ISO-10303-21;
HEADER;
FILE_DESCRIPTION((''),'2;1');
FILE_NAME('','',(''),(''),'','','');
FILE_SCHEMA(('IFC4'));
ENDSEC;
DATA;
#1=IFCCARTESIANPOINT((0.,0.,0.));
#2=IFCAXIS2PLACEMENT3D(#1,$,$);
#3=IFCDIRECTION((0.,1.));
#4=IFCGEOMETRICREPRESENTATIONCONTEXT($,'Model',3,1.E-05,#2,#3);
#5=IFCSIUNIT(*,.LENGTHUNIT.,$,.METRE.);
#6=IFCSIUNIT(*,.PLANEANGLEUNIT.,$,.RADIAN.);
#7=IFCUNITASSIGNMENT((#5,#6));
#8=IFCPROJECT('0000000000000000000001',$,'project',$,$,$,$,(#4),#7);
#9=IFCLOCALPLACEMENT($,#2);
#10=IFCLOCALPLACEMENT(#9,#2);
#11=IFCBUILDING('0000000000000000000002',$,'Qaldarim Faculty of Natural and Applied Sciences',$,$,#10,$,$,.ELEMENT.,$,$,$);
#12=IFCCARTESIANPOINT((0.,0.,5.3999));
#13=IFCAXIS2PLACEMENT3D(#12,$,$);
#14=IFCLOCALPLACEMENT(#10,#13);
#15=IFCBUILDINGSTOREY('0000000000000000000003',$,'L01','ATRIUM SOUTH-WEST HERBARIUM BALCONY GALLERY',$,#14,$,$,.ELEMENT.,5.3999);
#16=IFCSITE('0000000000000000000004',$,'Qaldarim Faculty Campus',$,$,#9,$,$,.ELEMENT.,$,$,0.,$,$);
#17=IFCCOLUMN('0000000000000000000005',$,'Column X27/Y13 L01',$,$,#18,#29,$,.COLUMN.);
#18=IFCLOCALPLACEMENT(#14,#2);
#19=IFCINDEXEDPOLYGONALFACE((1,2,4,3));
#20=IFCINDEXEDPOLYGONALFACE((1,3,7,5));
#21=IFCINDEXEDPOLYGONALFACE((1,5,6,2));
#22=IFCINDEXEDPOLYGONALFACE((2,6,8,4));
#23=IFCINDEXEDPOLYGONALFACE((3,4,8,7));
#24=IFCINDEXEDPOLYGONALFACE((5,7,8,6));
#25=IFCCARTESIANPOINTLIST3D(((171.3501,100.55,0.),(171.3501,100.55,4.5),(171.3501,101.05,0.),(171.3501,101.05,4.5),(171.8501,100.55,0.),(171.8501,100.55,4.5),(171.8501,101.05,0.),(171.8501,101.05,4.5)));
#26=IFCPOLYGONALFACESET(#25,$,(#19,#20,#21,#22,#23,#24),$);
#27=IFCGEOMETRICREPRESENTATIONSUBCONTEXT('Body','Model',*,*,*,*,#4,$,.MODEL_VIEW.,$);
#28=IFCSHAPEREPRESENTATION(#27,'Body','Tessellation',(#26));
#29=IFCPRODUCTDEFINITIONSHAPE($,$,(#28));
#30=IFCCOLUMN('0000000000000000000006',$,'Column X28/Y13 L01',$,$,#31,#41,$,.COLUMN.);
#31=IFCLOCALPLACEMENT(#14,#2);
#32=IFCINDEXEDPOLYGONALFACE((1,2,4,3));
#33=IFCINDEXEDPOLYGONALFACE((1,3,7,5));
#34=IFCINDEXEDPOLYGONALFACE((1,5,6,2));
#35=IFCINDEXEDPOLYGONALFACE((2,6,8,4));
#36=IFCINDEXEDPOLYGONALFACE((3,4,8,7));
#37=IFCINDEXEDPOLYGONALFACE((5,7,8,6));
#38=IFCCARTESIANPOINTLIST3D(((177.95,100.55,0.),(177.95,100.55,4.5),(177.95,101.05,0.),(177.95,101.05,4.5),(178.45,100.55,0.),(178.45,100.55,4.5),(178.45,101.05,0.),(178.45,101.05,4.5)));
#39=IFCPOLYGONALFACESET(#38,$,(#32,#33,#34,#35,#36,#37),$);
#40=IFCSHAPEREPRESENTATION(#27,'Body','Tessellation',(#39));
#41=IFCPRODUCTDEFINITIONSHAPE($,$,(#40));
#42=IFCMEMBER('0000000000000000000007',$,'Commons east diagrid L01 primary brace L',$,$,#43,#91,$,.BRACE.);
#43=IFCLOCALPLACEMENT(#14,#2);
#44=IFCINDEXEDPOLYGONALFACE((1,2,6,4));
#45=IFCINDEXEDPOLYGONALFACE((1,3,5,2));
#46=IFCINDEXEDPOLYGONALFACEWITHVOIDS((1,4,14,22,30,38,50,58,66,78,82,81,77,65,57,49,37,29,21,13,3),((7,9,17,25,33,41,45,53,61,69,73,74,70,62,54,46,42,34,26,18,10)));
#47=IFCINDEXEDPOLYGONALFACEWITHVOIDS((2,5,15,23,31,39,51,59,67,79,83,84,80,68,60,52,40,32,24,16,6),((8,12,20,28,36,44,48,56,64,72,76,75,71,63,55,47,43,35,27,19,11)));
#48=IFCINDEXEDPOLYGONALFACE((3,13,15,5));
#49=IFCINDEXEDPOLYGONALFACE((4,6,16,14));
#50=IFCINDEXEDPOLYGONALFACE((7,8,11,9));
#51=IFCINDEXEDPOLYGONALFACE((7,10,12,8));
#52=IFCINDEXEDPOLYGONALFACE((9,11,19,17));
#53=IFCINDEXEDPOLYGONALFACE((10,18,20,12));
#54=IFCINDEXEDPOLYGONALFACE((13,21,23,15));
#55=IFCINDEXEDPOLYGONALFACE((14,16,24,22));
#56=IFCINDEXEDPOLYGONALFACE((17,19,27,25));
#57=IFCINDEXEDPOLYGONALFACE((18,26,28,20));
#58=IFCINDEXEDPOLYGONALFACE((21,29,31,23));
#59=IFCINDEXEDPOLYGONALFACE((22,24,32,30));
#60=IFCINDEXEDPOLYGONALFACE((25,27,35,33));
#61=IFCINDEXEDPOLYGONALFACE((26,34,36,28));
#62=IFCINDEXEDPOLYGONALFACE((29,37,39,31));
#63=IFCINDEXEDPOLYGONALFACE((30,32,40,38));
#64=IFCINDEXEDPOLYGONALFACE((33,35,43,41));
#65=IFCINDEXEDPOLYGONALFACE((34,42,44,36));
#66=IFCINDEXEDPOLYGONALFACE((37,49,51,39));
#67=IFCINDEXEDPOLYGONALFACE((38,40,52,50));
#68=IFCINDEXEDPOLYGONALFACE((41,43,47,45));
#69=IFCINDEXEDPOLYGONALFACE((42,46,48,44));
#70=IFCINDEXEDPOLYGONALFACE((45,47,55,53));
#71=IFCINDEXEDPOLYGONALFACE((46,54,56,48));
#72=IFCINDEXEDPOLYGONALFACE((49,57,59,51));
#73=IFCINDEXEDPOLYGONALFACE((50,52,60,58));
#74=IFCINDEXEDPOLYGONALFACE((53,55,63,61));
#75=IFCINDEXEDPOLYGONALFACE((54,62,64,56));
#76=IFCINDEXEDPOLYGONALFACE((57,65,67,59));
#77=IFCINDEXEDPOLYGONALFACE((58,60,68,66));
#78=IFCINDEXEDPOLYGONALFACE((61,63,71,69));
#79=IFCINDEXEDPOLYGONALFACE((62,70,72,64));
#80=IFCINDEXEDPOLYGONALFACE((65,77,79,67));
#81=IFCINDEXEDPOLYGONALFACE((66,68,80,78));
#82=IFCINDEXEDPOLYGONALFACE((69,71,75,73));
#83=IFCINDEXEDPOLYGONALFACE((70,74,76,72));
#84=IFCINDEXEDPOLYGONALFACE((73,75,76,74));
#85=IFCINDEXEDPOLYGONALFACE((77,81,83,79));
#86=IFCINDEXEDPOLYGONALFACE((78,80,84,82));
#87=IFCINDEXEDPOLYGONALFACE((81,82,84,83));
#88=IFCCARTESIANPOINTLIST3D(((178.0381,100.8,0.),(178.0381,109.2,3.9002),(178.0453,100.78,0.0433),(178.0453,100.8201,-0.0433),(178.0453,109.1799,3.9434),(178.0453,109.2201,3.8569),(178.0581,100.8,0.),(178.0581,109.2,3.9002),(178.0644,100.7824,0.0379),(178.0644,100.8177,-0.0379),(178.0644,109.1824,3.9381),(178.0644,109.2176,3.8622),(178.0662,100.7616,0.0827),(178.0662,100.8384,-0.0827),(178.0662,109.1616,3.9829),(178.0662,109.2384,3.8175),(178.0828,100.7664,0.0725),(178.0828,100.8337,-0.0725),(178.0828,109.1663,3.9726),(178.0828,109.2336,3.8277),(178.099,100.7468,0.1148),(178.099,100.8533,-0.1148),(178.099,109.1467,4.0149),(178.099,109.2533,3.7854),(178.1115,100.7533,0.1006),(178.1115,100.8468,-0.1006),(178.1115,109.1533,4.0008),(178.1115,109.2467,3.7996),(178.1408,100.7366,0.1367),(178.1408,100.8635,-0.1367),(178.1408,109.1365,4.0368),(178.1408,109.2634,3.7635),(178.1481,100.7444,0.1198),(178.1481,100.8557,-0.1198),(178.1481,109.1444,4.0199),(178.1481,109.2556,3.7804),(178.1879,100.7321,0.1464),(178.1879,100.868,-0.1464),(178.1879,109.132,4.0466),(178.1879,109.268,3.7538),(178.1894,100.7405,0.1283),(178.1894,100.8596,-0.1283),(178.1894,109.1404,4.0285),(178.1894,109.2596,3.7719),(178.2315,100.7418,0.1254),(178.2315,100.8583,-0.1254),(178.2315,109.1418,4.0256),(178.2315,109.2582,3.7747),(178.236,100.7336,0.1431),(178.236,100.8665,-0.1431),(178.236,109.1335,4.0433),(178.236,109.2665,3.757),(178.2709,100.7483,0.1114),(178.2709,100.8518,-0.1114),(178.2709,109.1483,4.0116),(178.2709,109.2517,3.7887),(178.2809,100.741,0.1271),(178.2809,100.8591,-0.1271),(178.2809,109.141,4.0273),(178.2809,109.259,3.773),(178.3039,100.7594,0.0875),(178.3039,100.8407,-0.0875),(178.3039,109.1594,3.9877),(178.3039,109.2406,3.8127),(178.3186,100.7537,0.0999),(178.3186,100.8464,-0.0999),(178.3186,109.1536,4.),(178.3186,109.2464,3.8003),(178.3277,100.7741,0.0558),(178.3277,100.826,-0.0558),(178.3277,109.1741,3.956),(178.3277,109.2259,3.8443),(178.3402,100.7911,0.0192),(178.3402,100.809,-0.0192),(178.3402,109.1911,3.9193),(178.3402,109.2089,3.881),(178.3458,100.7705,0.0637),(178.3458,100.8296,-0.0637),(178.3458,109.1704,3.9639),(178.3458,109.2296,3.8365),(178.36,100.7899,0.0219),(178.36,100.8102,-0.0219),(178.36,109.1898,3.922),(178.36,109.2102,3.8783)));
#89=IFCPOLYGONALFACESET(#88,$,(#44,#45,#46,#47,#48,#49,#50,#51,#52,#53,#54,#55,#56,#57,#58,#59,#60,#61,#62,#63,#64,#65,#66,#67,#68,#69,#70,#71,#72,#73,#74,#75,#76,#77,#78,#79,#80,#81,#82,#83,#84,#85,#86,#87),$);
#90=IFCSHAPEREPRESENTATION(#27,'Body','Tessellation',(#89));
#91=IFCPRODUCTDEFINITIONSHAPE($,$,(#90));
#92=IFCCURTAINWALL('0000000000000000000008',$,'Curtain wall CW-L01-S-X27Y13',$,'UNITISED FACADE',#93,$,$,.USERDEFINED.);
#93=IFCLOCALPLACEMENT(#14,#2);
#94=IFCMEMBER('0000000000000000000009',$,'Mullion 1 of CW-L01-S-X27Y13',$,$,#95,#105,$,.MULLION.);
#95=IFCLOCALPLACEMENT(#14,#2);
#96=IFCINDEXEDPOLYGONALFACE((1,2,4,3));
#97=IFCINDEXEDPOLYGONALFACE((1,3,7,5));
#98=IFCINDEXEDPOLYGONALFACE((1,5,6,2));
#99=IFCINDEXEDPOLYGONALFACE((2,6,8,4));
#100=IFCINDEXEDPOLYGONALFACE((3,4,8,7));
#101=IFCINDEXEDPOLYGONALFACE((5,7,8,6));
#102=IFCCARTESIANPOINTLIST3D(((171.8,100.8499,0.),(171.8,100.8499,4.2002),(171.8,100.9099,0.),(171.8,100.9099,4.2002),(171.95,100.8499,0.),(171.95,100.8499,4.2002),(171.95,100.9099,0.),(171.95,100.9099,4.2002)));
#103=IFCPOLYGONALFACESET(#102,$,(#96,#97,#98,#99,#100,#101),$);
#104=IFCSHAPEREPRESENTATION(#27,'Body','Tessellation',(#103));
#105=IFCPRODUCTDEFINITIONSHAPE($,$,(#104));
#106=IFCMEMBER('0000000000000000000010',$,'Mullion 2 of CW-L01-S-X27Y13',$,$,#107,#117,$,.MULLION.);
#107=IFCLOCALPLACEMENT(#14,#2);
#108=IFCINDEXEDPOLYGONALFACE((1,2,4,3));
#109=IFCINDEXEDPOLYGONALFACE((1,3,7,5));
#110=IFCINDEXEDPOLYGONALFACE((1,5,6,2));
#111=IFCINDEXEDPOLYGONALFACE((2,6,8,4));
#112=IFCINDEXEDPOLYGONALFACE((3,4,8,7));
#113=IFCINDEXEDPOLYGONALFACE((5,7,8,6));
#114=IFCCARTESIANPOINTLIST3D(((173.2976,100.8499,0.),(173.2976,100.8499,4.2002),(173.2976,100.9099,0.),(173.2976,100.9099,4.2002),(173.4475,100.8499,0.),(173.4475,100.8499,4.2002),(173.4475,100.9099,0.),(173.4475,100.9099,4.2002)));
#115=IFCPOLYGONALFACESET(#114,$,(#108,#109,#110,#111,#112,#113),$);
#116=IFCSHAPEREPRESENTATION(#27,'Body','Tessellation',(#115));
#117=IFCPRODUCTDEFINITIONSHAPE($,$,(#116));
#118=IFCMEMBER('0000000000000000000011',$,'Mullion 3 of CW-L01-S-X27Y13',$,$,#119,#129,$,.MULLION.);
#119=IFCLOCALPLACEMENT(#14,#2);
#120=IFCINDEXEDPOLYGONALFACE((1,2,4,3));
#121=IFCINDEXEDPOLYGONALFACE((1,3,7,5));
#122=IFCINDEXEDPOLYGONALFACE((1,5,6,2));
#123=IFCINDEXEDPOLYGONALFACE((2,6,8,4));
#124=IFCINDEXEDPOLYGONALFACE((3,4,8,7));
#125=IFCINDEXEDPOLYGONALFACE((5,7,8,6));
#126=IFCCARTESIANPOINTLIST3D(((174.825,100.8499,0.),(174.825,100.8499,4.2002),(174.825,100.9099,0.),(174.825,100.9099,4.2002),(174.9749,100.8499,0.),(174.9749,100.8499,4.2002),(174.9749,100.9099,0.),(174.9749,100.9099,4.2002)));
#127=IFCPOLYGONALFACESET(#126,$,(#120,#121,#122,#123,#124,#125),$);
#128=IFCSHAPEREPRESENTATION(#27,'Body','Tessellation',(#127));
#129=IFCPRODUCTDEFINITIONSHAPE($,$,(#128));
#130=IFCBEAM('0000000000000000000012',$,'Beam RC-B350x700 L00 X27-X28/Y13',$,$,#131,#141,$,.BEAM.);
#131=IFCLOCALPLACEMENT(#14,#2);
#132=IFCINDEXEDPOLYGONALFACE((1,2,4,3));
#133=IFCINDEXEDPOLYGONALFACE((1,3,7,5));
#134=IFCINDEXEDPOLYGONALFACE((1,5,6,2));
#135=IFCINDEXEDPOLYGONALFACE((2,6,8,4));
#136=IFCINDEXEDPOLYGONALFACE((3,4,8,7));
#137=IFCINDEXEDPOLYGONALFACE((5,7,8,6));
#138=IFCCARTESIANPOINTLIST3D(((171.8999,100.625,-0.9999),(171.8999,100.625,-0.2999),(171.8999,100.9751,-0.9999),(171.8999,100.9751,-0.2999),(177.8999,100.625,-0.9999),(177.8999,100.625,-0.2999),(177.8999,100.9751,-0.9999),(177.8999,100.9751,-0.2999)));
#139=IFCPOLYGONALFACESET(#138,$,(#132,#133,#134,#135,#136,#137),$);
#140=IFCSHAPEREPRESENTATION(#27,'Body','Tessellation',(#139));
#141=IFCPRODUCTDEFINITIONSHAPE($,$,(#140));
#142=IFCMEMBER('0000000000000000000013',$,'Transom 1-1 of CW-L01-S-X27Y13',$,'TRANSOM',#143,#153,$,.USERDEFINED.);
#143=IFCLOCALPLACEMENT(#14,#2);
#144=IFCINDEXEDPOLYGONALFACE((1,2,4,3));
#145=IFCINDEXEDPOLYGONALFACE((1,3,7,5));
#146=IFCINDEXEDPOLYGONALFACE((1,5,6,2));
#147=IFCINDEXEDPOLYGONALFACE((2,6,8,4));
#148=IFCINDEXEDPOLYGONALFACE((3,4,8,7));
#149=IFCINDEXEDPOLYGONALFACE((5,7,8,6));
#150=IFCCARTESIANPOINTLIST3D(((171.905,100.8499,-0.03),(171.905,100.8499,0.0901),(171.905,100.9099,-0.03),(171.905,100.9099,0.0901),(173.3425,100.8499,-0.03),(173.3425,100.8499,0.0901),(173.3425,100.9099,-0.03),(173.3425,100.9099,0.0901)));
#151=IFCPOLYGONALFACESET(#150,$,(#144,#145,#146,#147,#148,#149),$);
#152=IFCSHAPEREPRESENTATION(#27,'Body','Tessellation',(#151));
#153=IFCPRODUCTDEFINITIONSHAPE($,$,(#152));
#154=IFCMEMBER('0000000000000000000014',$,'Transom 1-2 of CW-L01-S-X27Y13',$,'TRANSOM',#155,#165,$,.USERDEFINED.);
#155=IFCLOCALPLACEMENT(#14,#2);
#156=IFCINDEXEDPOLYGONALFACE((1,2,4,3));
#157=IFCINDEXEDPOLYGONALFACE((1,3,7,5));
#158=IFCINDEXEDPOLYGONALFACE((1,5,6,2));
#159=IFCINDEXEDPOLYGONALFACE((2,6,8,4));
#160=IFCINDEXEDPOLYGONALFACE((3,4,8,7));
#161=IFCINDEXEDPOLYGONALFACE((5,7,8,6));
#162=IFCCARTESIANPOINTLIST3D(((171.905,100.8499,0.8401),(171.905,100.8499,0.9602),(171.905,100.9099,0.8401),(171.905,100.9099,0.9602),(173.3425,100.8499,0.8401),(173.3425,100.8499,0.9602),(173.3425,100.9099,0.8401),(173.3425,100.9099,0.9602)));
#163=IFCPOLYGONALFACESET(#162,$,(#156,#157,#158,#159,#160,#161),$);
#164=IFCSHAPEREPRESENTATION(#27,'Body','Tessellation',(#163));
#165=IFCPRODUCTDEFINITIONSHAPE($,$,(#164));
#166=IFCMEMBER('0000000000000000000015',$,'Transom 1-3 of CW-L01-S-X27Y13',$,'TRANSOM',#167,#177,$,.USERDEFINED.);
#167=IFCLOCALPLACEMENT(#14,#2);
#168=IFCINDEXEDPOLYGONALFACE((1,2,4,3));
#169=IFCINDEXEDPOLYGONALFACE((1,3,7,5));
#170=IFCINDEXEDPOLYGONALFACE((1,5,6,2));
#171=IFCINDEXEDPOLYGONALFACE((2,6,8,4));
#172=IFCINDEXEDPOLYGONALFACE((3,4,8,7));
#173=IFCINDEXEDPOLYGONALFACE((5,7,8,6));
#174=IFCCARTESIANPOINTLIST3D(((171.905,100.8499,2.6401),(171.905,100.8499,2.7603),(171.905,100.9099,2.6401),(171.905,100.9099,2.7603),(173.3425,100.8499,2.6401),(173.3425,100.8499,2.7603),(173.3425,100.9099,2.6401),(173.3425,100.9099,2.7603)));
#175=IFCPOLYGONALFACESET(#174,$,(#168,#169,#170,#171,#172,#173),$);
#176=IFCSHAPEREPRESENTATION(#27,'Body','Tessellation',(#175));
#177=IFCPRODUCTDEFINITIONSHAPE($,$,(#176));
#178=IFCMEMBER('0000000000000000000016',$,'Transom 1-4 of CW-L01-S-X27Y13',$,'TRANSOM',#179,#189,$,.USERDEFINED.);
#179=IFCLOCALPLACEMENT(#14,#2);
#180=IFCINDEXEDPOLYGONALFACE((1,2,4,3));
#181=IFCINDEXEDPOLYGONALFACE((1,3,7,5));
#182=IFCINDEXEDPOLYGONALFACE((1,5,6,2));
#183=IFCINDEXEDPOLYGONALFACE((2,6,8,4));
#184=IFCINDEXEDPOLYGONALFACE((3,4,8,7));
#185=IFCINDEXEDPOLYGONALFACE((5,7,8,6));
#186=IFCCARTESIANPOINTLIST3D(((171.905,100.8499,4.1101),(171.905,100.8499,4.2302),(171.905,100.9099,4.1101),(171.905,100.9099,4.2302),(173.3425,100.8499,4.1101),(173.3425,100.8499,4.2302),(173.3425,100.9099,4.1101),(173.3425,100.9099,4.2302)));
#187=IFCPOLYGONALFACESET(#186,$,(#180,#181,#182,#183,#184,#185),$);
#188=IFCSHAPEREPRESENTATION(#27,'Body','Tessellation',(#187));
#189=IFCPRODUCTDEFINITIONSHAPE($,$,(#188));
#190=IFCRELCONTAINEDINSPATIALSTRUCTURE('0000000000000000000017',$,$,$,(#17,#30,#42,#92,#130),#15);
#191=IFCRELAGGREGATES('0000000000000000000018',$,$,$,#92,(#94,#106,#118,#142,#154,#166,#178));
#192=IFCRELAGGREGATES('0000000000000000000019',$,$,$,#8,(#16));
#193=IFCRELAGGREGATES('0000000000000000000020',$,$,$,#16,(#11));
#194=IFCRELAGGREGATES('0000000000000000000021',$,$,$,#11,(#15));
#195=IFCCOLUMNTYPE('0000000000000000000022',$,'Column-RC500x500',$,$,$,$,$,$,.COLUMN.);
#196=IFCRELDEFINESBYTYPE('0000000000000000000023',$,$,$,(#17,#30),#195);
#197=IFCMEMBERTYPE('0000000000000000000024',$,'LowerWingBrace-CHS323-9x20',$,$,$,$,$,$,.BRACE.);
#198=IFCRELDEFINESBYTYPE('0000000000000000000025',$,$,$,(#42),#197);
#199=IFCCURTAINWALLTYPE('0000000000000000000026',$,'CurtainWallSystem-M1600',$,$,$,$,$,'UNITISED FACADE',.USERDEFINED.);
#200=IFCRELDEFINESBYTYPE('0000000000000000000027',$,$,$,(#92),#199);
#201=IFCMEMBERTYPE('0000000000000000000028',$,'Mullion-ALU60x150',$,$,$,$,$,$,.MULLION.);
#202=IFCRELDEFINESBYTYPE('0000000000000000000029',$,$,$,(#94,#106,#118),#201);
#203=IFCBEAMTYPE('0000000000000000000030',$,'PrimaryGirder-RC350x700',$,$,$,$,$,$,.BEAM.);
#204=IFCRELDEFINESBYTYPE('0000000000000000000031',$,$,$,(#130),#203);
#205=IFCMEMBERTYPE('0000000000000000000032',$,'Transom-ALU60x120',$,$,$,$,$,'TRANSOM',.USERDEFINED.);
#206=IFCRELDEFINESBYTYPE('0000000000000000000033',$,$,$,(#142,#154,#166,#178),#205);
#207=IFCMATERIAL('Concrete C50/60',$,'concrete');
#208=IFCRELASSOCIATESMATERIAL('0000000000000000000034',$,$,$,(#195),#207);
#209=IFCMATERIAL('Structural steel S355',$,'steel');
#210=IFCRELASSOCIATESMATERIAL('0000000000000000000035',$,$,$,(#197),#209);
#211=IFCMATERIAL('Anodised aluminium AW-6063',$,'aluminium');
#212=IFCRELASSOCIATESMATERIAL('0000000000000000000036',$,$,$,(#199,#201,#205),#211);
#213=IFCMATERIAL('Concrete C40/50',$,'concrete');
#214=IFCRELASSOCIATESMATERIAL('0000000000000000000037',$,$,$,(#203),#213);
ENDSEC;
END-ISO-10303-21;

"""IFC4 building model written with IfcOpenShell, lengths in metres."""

from ifc_helpers import new_model, si_unit, direction, frame, origin, origin_2d, place, context, subcontext, project, spatial, rectangle, hollow_circle, extrude, material, material_profile, profile_set, type_object, element, aggregate, save


model = new_model("IFC4")

# Units and contexts
model_context = context("Model", 3, precision=1e-05, world=origin(), true_north=direction((0.0, 1.0)))
body_context = subcontext(model_context, "Body", "Model", "MODEL_VIEW")
ifc_project = project(units=[si_unit("LENGTHUNIT", "METRE"), si_unit("PLANEANGLEUNIT", "RADIAN")], contexts=[model_context])

# Site, building, storey
site_placement = place(None, origin())
site = spatial("IfcSite", under=ifc_project, at=site_placement, Name="Qaldarim Faculty Campus", CompositionType="ELEMENT", RefElevation=0.0)
building_placement = place(site_placement, origin())
building = spatial("IfcBuilding", under=site, at=building_placement, Name="Qaldarim Faculty of Natural and Applied Sciences", CompositionType="ELEMENT")
storey_placement = place(building_placement, frame((0.0, 0.0, 5.3999)))
storey = spatial("IfcBuildingStorey", under=building, at=storey_placement, Name="L01", Description="ATRIUM SOUTH-WEST HERBARIUM BALCONY GALLERY", CompositionType="ELEMENT", Elevation=5.3999)

# Columns
ifc_material_1 = material(Name="Concrete C50/60", Category="concrete")
ifc_material_profile_1 = material_profile(ifc_material_1, rectangle(XDim=0.5, YDim=0.5, at=origin_2d()), Name="RC-C500x500")
ifc_profile_set_1 = profile_set([ifc_material_profile_1], Name="Concrete C50/60")
column_type = type_object("IfcColumnType", Name="Column-RC500x500", PredefinedType="COLUMN", material=ifc_profile_set_1)
for number, where, z_axis, x_axis, name in (
    (1, (171.6001, 100.8, 0.0), (0.0, 0.0, 1.0), (1.0, 0.0, 0.0), "Column X27/Y13 L01"),
    (2, (178.2, 100.8, 0.0), (0.0, 0.0, 1.0), (1.0, 0.0, 0.0), "Column X28/Y13 L01"),
):
    element("IfcColumn", number, at=place(storey_placement, frame(where, z_axis=z_axis, x_axis=x_axis)), inside=storey, type_object=column_type, Name=name, PredefinedType="COLUMN", context=body_context, shape_type="SweptSolid", body=[
        extrude(rectangle(XDim=0.5, YDim=0.5, at=origin_2d()), origin(), (0.0, 0.0, 1.0), 4.5),
    ])

# Member
ifc_material_2 = material(Name="Structural steel S355", Category="steel")
ifc_material_profile_2 = material_profile(ifc_material_2, hollow_circle(Radius=0.1619, WallThickness=0.02, at=origin_2d()), Name="CHS 323.9x20.0")
ifc_profile_set_2 = profile_set([ifc_material_profile_2], Name="Structural steel S355")
member_type_1 = type_object("IfcMemberType", Name="LowerWingBrace-CHS323-9x20", PredefinedType="BRACE", material=ifc_profile_set_2)
member_1_placement = place(storey_placement, frame((178.2, 100.8, 0.0), z_axis=(0.0, 0.907001, 0.421128), x_axis=(-1.0, 0.0, 0.0)))
element("IfcMember", 3, at=member_1_placement, inside=storey, type_object=member_type_1, Name="Commons east diagrid L01 primary brace L", PredefinedType="BRACE", context=body_context, shape_type="SweptSolid", body=[
    extrude(hollow_circle(Radius=0.1619, WallThickness=0.02, at=origin_2d()), origin(), (0.0, 0.0, 1.0), 9.2612),
])

# Curtain wall, members
ifc_material_3 = material(Name="Anodised aluminium AW-6063", Category="aluminium")
curtain_wall_type = type_object("IfcCurtainWallType", Name="CurtainWallSystem-M1600", ElementType="UNITISED FACADE", PredefinedType="USERDEFINED", material=ifc_material_3)
curtain_wall_placement = place(storey_placement, origin())
curtain_wall = element("IfcCurtainWall", 4, at=curtain_wall_placement, inside=storey, type_object=curtain_wall_type, Name="Curtain wall CW-L01-S-X27Y13", ObjectType="UNITISED FACADE", PredefinedType="USERDEFINED")
ifc_material_profile_3 = material_profile(ifc_material_3, rectangle(XDim=0.0601, YDim=0.1499, at=origin_2d()), Name="ALU-M60x150")
ifc_profile_set_3 = profile_set([ifc_material_profile_3], Name="Anodised aluminium AW-6063")
member_type_2 = type_object("IfcMemberType", Name="Mullion-ALU60x150", PredefinedType="MULLION", material=ifc_profile_set_3)
member_2_placement = place(storey_placement, frame((171.875, 100.8799, 0.0), z_axis=(0.0, 0.0, 1.0), x_axis=(0.0, 1.0, 0.0)))
member_2 = element("IfcMember", 5, at=member_2_placement, type_object=member_type_2, Name="Mullion 1 of CW-L01-S-X27Y13", PredefinedType="MULLION", context=body_context, shape_type="SweptSolid", body=[
    extrude(rectangle(XDim=0.0601, YDim=0.1499, at=origin_2d()), origin(), (0.0, 0.0, 1.0), 4.2002),
])
member_3_placement = place(storey_placement, frame((173.3726, 100.8799, 0.0), z_axis=(0.0, 0.0, 1.0), x_axis=(0.0, 1.0, 0.0)))
member_3 = element("IfcMember", 6, at=member_3_placement, type_object=member_type_2, Name="Mullion 2 of CW-L01-S-X27Y13", PredefinedType="MULLION", context=body_context, shape_type="SweptSolid", body=[
    extrude(rectangle(XDim=0.0601, YDim=0.1499, at=origin_2d()), origin(), (0.0, 0.0, 1.0), 4.2002),
])
member_4_placement = place(storey_placement, frame((174.8999, 100.8799, 0.0), z_axis=(0.0, 0.0, 1.0), x_axis=(0.0, 1.0, 0.0)))
member_4 = element("IfcMember", 7, at=member_4_placement, type_object=member_type_2, Name="Mullion 3 of CW-L01-S-X27Y13", PredefinedType="MULLION", context=body_context, shape_type="SweptSolid", body=[
    extrude(rectangle(XDim=0.0601, YDim=0.1499, at=origin_2d()), origin(), (0.0, 0.0, 1.0), 4.2002),
])

# Beam
ifc_material_4 = material(Name="Concrete C40/50", Category="concrete")
ifc_material_profile_4 = material_profile(ifc_material_4, rectangle(XDim=0.3501, YDim=0.7, at=origin_2d()), Name="RC-B350x700")
ifc_profile_set_4 = profile_set([ifc_material_profile_4], Name="Concrete C40/50")
beam_type = type_object("IfcBeamType", Name="PrimaryGirder-RC350x700", PredefinedType="BEAM", material=ifc_profile_set_4)
beam_placement = place(storey_placement, frame((171.8999, 100.8, -0.6499), z_axis=(1.0, 0.0, 0.0), x_axis=(0.0, 1.0, 0.0)))
element("IfcBeam", 8, at=beam_placement, inside=storey, type_object=beam_type, Name="Beam RC-B350x700 L00 X27-X28/Y13", PredefinedType="BEAM", context=body_context, shape_type="SweptSolid", body=[
    extrude(rectangle(XDim=0.3501, YDim=0.7, at=origin_2d()), origin(), (0.0, 0.0, 1.0), 6.0),
])

# Members
ifc_material_profile_5 = material_profile(ifc_material_3, rectangle(XDim=0.0601, YDim=0.1201, at=origin_2d()), Name="ALU-T60x120")
ifc_profile_set_5 = profile_set([ifc_material_profile_5], Name="Anodised aluminium AW-6063")
member_type_3 = type_object("IfcMemberType", Name="Transom-ALU60x120", ElementType="TRANSOM", PredefinedType="USERDEFINED", material=ifc_profile_set_5)
member_5_placement = place(storey_placement, frame((171.905, 100.8799, 0.03), z_axis=(1.0, 0.0, 0.0), x_axis=(0.0, 1.0, 0.0)))
member_5 = element("IfcMember", 9, at=member_5_placement, type_object=member_type_3, Name="Transom 1-1 of CW-L01-S-X27Y13", ObjectType="TRANSOM", PredefinedType="USERDEFINED", context=body_context, shape_type="SweptSolid", body=[
    extrude(rectangle(XDim=0.0601, YDim=0.1201, at=origin_2d()), origin(), (0.0, 0.0, 1.0), 1.4375),
])
member_6_placement = place(storey_placement, frame((171.905, 100.8799, 0.9001), z_axis=(1.0, 0.0, 0.0), x_axis=(0.0, 1.0, 0.0)))
member_6 = element("IfcMember", 10, at=member_6_placement, type_object=member_type_3, Name="Transom 1-2 of CW-L01-S-X27Y13", ObjectType="TRANSOM", PredefinedType="USERDEFINED", context=body_context, shape_type="SweptSolid", body=[
    extrude(rectangle(XDim=0.0601, YDim=0.1201, at=origin_2d()), origin(), (0.0, 0.0, 1.0), 1.4375),
])
member_7_placement = place(storey_placement, frame((171.905, 100.8799, 2.7002), z_axis=(1.0, 0.0, 0.0), x_axis=(0.0, 1.0, 0.0)))
member_7 = element("IfcMember", 11, at=member_7_placement, type_object=member_type_3, Name="Transom 1-3 of CW-L01-S-X27Y13", ObjectType="TRANSOM", PredefinedType="USERDEFINED", context=body_context, shape_type="SweptSolid", body=[
    extrude(rectangle(XDim=0.0601, YDim=0.1201, at=origin_2d()), origin(), (0.0, 0.0, 1.0), 1.4375),
])
member_8_placement = place(storey_placement, frame((171.905, 100.8799, 4.1702), z_axis=(1.0, 0.0, 0.0), x_axis=(0.0, 1.0, 0.0)))
member_8 = element("IfcMember", 12, at=member_8_placement, type_object=member_type_3, Name="Transom 1-4 of CW-L01-S-X27Y13", ObjectType="TRANSOM", PredefinedType="USERDEFINED", context=body_context, shape_type="SweptSolid", body=[
    extrude(rectangle(XDim=0.0601, YDim=0.1201, at=origin_2d()), origin(), (0.0, 0.0, 1.0), 1.4375),
])

aggregate(curtain_wall, [member_2, member_3, member_4, member_5, member_6, member_7, member_8])

save(model, "model.ifc")
